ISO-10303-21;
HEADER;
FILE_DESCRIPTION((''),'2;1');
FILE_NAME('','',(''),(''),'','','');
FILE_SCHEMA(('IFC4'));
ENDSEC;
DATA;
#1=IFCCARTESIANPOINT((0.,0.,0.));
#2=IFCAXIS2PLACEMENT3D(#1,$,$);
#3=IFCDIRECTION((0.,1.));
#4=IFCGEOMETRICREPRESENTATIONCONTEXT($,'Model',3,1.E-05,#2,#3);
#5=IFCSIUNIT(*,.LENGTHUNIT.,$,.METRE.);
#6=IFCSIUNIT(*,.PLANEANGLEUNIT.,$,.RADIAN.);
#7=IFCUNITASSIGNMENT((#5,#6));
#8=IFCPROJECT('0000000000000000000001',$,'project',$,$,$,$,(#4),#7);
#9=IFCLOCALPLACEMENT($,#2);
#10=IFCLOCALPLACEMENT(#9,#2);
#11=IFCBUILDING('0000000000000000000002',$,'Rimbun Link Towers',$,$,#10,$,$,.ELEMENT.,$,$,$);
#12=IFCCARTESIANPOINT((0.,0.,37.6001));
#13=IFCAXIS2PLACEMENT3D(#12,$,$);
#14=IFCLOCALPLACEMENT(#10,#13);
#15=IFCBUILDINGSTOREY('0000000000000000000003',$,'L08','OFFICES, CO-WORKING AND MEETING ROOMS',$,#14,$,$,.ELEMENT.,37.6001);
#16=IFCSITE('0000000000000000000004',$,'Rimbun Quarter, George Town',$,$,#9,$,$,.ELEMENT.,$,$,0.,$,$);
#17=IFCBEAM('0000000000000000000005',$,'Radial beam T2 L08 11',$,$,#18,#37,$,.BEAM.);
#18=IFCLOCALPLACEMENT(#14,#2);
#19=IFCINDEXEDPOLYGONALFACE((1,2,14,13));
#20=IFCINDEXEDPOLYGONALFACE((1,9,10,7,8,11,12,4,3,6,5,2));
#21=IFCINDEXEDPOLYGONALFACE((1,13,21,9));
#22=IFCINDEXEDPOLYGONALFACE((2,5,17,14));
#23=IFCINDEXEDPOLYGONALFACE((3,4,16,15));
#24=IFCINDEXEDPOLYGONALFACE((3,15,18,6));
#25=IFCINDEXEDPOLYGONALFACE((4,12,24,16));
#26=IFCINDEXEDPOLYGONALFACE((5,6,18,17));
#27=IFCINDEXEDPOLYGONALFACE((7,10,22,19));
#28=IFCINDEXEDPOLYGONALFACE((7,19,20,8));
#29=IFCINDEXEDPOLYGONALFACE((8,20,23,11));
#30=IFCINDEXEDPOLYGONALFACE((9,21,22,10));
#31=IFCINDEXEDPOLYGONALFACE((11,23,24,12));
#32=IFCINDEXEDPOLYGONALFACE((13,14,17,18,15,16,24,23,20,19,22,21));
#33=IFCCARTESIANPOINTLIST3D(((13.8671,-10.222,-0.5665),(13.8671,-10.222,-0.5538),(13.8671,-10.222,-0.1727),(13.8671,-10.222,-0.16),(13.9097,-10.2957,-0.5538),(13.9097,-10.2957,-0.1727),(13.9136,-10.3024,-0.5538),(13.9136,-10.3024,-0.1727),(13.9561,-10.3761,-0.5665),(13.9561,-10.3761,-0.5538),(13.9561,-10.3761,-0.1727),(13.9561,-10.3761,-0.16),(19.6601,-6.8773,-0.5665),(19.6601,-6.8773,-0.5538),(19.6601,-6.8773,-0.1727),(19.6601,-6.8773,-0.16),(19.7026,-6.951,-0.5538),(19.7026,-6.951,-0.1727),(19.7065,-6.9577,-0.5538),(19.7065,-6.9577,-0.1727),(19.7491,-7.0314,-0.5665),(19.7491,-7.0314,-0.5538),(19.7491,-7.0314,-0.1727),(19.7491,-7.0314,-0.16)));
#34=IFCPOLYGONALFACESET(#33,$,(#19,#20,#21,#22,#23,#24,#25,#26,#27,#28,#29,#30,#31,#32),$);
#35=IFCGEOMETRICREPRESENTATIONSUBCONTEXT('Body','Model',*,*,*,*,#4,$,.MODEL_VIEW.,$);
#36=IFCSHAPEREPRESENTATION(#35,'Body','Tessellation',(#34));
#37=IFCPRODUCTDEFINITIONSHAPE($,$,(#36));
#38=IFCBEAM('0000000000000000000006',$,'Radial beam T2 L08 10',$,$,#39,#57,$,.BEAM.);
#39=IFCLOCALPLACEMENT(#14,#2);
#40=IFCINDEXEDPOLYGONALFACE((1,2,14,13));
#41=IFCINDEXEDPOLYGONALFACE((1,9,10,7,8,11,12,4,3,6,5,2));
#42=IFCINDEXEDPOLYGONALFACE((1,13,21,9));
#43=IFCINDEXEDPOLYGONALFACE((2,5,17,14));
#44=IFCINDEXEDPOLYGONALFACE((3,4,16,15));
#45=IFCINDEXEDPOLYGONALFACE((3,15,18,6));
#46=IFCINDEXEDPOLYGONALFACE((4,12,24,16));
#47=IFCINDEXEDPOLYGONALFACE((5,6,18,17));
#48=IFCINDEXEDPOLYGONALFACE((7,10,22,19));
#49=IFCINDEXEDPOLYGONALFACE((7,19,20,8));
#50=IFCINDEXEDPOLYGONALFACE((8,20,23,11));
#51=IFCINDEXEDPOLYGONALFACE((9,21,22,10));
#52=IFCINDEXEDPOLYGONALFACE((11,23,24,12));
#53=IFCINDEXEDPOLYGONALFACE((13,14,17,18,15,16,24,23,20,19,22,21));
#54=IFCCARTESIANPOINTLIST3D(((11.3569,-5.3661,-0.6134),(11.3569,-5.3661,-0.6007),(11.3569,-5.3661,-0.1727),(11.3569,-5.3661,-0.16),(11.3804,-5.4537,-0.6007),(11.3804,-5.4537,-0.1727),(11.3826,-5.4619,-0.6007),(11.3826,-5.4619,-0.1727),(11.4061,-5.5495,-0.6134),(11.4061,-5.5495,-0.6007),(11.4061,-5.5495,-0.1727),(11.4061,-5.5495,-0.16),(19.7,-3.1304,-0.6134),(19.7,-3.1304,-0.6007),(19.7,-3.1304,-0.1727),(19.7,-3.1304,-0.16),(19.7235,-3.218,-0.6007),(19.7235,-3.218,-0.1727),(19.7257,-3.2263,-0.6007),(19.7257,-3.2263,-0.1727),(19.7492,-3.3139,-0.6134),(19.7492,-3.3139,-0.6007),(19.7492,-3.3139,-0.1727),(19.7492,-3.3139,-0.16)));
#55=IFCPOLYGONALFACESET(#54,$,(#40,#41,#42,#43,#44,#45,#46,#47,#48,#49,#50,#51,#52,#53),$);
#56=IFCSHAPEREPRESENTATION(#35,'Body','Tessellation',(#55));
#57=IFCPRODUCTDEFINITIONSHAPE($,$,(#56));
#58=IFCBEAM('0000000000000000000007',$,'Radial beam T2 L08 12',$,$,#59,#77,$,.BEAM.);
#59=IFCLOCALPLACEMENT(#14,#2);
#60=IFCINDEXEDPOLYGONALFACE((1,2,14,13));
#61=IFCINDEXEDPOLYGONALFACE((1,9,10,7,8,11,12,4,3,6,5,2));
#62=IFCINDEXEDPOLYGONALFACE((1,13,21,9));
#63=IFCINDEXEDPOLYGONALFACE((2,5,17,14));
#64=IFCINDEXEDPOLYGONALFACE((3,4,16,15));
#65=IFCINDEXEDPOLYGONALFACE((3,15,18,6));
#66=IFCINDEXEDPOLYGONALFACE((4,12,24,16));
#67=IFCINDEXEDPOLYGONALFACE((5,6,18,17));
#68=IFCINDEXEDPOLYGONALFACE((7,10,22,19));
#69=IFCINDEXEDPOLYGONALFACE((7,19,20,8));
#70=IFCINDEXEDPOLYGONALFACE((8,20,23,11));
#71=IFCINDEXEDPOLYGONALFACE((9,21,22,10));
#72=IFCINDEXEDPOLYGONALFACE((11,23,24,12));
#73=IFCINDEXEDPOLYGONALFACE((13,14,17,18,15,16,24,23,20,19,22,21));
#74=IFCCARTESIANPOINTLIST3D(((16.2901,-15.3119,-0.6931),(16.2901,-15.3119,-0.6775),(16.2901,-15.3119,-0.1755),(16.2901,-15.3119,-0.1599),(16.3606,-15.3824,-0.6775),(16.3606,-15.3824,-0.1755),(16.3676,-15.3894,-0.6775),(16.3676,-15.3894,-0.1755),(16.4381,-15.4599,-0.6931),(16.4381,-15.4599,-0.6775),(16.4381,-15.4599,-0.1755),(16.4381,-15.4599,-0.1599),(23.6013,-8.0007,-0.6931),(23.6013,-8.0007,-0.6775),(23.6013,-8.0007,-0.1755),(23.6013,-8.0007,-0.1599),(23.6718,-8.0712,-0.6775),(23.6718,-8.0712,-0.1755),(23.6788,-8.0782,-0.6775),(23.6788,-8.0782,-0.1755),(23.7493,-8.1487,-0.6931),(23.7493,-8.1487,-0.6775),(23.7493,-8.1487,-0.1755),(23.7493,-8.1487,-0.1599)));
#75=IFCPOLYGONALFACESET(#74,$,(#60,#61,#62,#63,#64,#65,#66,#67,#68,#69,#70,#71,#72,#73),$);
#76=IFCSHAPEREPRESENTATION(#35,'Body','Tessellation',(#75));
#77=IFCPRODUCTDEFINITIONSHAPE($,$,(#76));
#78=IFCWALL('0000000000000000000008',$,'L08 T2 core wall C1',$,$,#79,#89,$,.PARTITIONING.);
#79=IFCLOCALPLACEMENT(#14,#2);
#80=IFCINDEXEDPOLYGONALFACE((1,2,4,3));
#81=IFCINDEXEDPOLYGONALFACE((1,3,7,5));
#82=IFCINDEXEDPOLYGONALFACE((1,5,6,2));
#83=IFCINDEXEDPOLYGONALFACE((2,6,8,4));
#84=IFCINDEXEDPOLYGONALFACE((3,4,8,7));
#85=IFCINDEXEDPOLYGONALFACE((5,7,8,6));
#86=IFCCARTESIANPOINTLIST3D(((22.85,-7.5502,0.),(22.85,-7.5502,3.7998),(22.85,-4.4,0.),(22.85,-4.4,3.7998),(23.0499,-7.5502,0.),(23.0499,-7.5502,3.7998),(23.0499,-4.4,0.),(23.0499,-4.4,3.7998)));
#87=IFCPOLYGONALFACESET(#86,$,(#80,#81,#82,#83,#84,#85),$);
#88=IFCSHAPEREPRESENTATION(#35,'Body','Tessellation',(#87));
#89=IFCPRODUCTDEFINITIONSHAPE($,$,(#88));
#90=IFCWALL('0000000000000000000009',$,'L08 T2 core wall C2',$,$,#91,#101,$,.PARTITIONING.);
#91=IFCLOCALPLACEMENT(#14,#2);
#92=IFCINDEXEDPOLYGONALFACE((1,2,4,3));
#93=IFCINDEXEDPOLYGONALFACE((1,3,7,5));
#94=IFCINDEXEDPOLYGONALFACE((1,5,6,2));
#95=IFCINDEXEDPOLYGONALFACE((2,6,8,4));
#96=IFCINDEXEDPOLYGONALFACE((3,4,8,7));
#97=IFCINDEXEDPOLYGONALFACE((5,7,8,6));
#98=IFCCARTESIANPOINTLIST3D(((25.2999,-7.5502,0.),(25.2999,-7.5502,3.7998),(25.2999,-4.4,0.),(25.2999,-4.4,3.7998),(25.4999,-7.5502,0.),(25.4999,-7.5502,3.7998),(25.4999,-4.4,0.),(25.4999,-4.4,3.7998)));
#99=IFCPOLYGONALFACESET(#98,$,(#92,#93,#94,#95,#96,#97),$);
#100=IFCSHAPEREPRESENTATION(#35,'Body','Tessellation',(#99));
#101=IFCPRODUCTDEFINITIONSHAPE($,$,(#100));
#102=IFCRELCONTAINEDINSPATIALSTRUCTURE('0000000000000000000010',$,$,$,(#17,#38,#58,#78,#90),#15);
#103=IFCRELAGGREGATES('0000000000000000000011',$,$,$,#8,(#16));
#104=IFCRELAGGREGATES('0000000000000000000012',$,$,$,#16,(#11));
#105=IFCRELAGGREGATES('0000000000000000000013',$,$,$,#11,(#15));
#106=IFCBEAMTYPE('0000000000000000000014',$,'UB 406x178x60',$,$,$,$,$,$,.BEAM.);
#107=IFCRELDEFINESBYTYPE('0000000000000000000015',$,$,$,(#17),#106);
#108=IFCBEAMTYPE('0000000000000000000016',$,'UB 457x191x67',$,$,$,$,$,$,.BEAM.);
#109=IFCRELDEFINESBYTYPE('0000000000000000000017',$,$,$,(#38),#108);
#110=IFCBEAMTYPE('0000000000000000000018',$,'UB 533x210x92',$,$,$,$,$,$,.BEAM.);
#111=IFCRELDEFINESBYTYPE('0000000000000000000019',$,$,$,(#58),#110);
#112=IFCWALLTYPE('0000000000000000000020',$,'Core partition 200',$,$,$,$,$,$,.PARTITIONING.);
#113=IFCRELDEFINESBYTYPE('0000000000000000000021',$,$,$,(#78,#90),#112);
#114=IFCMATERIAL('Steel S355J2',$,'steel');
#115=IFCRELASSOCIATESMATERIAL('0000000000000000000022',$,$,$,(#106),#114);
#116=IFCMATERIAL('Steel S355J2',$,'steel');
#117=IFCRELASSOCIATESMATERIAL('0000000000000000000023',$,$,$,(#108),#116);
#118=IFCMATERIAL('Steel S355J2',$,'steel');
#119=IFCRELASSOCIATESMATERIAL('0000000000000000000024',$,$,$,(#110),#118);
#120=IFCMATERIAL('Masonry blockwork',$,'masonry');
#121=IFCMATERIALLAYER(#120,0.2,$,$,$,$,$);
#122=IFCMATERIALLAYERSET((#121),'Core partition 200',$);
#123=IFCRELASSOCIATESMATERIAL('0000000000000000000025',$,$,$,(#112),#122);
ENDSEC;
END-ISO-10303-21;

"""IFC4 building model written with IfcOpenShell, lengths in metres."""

from ifc_helpers import new_model, si_unit, direction, frame, frame_2d, origin, origin_2d, place, context, subcontext, project, spatial, rectangle, i_section, extrude, material, layer, layer_set, material_profile, profile_set, type_object, element, save


model = new_model("IFC4")

# Units and contexts
model_context = context("Model", 3, precision=1e-05, world=origin(), true_north=direction((0.0, 1.0)))
body_context = subcontext(model_context, "Body", "Model", "MODEL_VIEW")
ifc_project = project(units=[si_unit("LENGTHUNIT", "METRE"), si_unit("PLANEANGLEUNIT", "RADIAN")], contexts=[model_context])

# Site, building, storey
site_placement = place(None, origin())
site = spatial("IfcSite", under=ifc_project, at=site_placement, Name="Rimbun Quarter, George Town", CompositionType="ELEMENT", RefElevation=0.0)
building_placement = place(site_placement, origin())
building = spatial("IfcBuilding", under=site, at=building_placement, Name="Rimbun Link Towers", CompositionType="ELEMENT")
storey_placement = place(building_placement, frame((0.0, 0.0, 37.6001)))
storey = spatial("IfcBuildingStorey", under=building, at=storey_placement, Name="L08", Description="OFFICES, CO-WORKING AND MEETING ROOMS", CompositionType="ELEMENT", Elevation=37.6001)

# Beams
ifc_material_1 = material(Name="Steel S355J2", Category="steel")
ifc_material_profile_1 = material_profile(ifc_material_1, i_section(OverallWidth=0.178, OverallDepth=0.4065, WebThickness=0.0078, FlangeThickness=0.0127, at=origin_2d()), Name="UB 406x178x60")
ifc_profile_set_1 = profile_set([ifc_material_profile_1], Name="Steel S355J2")
beam_type_1 = type_object("IfcBeamType", Name="UB 406x178x60", PredefinedType="BEAM", material=ifc_profile_set_1)
beam_1_placement = place(storey_placement, frame((19.7046, -6.9543, -0.3633), z_axis=(-0.866015, -0.500017, 0.0), x_axis=(0.500017, -0.866015, 0.0)))
element("IfcBeam", 1, at=beam_1_placement, inside=storey, type_object=beam_type_1, Name="Radial beam T2 L08 11", PredefinedType="BEAM", context=body_context, shape_type="SweptSolid", body=[
    extrude(i_section(OverallWidth=0.178, OverallDepth=0.4065, WebThickness=0.0078, FlangeThickness=0.0127, at=origin_2d()), origin(), (0.0, 0.0, 1.0), 6.6892),
])
ifc_material_2 = material(Name="Steel S355J2", Category="steel")
ifc_material_profile_2 = material_profile(ifc_material_2, i_section(OverallWidth=0.1899, OverallDepth=0.4534, WebThickness=0.0085, FlangeThickness=0.0127, at=origin_2d()), Name="UB 457x191x67")
ifc_profile_set_2 = profile_set([ifc_material_profile_2], Name="Steel S355J2")
beam_type_2 = type_object("IfcBeamType", Name="UB 457x191x67", PredefinedType="BEAM", material=ifc_profile_set_2)
beam_2_placement = place(storey_placement, frame((19.7246, -3.2222, -0.3867), z_axis=(-0.965923, -0.258829, 0.0), x_axis=(0.258829, -0.965923, 0.0)))
element("IfcBeam", 2, at=beam_2_placement, inside=storey, type_object=beam_type_2, Name="Radial beam T2 L08 10", PredefinedType="BEAM", context=body_context, shape_type="SweptSolid", body=[
    extrude(i_section(OverallWidth=0.1899, OverallDepth=0.4534, WebThickness=0.0085, FlangeThickness=0.0127, at=origin_2d()), origin(), (0.0, 0.0, 1.0), 8.6375),
])
ifc_material_3 = material(Name="Steel S355J2", Category="steel")
ifc_material_profile_3 = material_profile(ifc_material_3, i_section(OverallWidth=0.2092, OverallDepth=0.5332, WebThickness=0.01, FlangeThickness=0.0156, at=origin_2d()), Name="UB 533x210x92")
ifc_profile_set_3 = profile_set([ifc_material_profile_3], Name="Steel S355J2")
beam_type_3 = type_object("IfcBeamType", Name="UB 533x210x92", PredefinedType="BEAM", material=ifc_profile_set_3)
beam_3_placement = place(storey_placement, frame((23.6753, -8.0747, -0.4265), z_axis=(-0.707107, -0.707107, 0.0), x_axis=(0.707107, -0.707107, 0.0)))
element("IfcBeam", 3, at=beam_3_placement, inside=storey, type_object=beam_type_3, Name="Radial beam T2 L08 12", PredefinedType="BEAM", context=body_context, shape_type="SweptSolid", body=[
    extrude(i_section(OverallWidth=0.2092, OverallDepth=0.5332, WebThickness=0.01, FlangeThickness=0.0156, at=origin_2d()), origin(), (0.0, 0.0, 1.0), 10.3396),
])

# Walls
ifc_material_4 = material(Name="Masonry blockwork", Category="masonry")
ifc_layer_1 = layer(ifc_material_4, 0.2)
ifc_layer_set_1 = layer_set([ifc_layer_1], Name="Core partition 200")
wall_type_1 = type_object("IfcWallType", Name="Core partition 200", PredefinedType="PARTITIONING", material=ifc_layer_set_1)
for number, where, z_axis, x_axis, name in (
    (4, (22.95, -4.3999, 0.0), (0.0, 0.0, 1.0), (0.0, -1.0, 0.0), "L08 T2 core wall C1"),
    (5, (25.3999, -4.3999, 0.0), (0.0, 0.0, 1.0), (0.0, -1.0, 0.0), "L08 T2 core wall C2"),
):
    element("IfcWall", number, at=place(storey_placement, frame(where, z_axis=z_axis, x_axis=x_axis)), inside=storey, type_object=wall_type_1, Name=name, PredefinedType="PARTITIONING", context=body_context, shape_type="SweptSolid", body=[
        extrude(rectangle(XDim=3.1501, YDim=0.2, at=frame_2d((1.5752, 0.0))), origin(), (0.0, 0.0, 1.0), 3.7998),
    ])

save(model, "model.ifc")
